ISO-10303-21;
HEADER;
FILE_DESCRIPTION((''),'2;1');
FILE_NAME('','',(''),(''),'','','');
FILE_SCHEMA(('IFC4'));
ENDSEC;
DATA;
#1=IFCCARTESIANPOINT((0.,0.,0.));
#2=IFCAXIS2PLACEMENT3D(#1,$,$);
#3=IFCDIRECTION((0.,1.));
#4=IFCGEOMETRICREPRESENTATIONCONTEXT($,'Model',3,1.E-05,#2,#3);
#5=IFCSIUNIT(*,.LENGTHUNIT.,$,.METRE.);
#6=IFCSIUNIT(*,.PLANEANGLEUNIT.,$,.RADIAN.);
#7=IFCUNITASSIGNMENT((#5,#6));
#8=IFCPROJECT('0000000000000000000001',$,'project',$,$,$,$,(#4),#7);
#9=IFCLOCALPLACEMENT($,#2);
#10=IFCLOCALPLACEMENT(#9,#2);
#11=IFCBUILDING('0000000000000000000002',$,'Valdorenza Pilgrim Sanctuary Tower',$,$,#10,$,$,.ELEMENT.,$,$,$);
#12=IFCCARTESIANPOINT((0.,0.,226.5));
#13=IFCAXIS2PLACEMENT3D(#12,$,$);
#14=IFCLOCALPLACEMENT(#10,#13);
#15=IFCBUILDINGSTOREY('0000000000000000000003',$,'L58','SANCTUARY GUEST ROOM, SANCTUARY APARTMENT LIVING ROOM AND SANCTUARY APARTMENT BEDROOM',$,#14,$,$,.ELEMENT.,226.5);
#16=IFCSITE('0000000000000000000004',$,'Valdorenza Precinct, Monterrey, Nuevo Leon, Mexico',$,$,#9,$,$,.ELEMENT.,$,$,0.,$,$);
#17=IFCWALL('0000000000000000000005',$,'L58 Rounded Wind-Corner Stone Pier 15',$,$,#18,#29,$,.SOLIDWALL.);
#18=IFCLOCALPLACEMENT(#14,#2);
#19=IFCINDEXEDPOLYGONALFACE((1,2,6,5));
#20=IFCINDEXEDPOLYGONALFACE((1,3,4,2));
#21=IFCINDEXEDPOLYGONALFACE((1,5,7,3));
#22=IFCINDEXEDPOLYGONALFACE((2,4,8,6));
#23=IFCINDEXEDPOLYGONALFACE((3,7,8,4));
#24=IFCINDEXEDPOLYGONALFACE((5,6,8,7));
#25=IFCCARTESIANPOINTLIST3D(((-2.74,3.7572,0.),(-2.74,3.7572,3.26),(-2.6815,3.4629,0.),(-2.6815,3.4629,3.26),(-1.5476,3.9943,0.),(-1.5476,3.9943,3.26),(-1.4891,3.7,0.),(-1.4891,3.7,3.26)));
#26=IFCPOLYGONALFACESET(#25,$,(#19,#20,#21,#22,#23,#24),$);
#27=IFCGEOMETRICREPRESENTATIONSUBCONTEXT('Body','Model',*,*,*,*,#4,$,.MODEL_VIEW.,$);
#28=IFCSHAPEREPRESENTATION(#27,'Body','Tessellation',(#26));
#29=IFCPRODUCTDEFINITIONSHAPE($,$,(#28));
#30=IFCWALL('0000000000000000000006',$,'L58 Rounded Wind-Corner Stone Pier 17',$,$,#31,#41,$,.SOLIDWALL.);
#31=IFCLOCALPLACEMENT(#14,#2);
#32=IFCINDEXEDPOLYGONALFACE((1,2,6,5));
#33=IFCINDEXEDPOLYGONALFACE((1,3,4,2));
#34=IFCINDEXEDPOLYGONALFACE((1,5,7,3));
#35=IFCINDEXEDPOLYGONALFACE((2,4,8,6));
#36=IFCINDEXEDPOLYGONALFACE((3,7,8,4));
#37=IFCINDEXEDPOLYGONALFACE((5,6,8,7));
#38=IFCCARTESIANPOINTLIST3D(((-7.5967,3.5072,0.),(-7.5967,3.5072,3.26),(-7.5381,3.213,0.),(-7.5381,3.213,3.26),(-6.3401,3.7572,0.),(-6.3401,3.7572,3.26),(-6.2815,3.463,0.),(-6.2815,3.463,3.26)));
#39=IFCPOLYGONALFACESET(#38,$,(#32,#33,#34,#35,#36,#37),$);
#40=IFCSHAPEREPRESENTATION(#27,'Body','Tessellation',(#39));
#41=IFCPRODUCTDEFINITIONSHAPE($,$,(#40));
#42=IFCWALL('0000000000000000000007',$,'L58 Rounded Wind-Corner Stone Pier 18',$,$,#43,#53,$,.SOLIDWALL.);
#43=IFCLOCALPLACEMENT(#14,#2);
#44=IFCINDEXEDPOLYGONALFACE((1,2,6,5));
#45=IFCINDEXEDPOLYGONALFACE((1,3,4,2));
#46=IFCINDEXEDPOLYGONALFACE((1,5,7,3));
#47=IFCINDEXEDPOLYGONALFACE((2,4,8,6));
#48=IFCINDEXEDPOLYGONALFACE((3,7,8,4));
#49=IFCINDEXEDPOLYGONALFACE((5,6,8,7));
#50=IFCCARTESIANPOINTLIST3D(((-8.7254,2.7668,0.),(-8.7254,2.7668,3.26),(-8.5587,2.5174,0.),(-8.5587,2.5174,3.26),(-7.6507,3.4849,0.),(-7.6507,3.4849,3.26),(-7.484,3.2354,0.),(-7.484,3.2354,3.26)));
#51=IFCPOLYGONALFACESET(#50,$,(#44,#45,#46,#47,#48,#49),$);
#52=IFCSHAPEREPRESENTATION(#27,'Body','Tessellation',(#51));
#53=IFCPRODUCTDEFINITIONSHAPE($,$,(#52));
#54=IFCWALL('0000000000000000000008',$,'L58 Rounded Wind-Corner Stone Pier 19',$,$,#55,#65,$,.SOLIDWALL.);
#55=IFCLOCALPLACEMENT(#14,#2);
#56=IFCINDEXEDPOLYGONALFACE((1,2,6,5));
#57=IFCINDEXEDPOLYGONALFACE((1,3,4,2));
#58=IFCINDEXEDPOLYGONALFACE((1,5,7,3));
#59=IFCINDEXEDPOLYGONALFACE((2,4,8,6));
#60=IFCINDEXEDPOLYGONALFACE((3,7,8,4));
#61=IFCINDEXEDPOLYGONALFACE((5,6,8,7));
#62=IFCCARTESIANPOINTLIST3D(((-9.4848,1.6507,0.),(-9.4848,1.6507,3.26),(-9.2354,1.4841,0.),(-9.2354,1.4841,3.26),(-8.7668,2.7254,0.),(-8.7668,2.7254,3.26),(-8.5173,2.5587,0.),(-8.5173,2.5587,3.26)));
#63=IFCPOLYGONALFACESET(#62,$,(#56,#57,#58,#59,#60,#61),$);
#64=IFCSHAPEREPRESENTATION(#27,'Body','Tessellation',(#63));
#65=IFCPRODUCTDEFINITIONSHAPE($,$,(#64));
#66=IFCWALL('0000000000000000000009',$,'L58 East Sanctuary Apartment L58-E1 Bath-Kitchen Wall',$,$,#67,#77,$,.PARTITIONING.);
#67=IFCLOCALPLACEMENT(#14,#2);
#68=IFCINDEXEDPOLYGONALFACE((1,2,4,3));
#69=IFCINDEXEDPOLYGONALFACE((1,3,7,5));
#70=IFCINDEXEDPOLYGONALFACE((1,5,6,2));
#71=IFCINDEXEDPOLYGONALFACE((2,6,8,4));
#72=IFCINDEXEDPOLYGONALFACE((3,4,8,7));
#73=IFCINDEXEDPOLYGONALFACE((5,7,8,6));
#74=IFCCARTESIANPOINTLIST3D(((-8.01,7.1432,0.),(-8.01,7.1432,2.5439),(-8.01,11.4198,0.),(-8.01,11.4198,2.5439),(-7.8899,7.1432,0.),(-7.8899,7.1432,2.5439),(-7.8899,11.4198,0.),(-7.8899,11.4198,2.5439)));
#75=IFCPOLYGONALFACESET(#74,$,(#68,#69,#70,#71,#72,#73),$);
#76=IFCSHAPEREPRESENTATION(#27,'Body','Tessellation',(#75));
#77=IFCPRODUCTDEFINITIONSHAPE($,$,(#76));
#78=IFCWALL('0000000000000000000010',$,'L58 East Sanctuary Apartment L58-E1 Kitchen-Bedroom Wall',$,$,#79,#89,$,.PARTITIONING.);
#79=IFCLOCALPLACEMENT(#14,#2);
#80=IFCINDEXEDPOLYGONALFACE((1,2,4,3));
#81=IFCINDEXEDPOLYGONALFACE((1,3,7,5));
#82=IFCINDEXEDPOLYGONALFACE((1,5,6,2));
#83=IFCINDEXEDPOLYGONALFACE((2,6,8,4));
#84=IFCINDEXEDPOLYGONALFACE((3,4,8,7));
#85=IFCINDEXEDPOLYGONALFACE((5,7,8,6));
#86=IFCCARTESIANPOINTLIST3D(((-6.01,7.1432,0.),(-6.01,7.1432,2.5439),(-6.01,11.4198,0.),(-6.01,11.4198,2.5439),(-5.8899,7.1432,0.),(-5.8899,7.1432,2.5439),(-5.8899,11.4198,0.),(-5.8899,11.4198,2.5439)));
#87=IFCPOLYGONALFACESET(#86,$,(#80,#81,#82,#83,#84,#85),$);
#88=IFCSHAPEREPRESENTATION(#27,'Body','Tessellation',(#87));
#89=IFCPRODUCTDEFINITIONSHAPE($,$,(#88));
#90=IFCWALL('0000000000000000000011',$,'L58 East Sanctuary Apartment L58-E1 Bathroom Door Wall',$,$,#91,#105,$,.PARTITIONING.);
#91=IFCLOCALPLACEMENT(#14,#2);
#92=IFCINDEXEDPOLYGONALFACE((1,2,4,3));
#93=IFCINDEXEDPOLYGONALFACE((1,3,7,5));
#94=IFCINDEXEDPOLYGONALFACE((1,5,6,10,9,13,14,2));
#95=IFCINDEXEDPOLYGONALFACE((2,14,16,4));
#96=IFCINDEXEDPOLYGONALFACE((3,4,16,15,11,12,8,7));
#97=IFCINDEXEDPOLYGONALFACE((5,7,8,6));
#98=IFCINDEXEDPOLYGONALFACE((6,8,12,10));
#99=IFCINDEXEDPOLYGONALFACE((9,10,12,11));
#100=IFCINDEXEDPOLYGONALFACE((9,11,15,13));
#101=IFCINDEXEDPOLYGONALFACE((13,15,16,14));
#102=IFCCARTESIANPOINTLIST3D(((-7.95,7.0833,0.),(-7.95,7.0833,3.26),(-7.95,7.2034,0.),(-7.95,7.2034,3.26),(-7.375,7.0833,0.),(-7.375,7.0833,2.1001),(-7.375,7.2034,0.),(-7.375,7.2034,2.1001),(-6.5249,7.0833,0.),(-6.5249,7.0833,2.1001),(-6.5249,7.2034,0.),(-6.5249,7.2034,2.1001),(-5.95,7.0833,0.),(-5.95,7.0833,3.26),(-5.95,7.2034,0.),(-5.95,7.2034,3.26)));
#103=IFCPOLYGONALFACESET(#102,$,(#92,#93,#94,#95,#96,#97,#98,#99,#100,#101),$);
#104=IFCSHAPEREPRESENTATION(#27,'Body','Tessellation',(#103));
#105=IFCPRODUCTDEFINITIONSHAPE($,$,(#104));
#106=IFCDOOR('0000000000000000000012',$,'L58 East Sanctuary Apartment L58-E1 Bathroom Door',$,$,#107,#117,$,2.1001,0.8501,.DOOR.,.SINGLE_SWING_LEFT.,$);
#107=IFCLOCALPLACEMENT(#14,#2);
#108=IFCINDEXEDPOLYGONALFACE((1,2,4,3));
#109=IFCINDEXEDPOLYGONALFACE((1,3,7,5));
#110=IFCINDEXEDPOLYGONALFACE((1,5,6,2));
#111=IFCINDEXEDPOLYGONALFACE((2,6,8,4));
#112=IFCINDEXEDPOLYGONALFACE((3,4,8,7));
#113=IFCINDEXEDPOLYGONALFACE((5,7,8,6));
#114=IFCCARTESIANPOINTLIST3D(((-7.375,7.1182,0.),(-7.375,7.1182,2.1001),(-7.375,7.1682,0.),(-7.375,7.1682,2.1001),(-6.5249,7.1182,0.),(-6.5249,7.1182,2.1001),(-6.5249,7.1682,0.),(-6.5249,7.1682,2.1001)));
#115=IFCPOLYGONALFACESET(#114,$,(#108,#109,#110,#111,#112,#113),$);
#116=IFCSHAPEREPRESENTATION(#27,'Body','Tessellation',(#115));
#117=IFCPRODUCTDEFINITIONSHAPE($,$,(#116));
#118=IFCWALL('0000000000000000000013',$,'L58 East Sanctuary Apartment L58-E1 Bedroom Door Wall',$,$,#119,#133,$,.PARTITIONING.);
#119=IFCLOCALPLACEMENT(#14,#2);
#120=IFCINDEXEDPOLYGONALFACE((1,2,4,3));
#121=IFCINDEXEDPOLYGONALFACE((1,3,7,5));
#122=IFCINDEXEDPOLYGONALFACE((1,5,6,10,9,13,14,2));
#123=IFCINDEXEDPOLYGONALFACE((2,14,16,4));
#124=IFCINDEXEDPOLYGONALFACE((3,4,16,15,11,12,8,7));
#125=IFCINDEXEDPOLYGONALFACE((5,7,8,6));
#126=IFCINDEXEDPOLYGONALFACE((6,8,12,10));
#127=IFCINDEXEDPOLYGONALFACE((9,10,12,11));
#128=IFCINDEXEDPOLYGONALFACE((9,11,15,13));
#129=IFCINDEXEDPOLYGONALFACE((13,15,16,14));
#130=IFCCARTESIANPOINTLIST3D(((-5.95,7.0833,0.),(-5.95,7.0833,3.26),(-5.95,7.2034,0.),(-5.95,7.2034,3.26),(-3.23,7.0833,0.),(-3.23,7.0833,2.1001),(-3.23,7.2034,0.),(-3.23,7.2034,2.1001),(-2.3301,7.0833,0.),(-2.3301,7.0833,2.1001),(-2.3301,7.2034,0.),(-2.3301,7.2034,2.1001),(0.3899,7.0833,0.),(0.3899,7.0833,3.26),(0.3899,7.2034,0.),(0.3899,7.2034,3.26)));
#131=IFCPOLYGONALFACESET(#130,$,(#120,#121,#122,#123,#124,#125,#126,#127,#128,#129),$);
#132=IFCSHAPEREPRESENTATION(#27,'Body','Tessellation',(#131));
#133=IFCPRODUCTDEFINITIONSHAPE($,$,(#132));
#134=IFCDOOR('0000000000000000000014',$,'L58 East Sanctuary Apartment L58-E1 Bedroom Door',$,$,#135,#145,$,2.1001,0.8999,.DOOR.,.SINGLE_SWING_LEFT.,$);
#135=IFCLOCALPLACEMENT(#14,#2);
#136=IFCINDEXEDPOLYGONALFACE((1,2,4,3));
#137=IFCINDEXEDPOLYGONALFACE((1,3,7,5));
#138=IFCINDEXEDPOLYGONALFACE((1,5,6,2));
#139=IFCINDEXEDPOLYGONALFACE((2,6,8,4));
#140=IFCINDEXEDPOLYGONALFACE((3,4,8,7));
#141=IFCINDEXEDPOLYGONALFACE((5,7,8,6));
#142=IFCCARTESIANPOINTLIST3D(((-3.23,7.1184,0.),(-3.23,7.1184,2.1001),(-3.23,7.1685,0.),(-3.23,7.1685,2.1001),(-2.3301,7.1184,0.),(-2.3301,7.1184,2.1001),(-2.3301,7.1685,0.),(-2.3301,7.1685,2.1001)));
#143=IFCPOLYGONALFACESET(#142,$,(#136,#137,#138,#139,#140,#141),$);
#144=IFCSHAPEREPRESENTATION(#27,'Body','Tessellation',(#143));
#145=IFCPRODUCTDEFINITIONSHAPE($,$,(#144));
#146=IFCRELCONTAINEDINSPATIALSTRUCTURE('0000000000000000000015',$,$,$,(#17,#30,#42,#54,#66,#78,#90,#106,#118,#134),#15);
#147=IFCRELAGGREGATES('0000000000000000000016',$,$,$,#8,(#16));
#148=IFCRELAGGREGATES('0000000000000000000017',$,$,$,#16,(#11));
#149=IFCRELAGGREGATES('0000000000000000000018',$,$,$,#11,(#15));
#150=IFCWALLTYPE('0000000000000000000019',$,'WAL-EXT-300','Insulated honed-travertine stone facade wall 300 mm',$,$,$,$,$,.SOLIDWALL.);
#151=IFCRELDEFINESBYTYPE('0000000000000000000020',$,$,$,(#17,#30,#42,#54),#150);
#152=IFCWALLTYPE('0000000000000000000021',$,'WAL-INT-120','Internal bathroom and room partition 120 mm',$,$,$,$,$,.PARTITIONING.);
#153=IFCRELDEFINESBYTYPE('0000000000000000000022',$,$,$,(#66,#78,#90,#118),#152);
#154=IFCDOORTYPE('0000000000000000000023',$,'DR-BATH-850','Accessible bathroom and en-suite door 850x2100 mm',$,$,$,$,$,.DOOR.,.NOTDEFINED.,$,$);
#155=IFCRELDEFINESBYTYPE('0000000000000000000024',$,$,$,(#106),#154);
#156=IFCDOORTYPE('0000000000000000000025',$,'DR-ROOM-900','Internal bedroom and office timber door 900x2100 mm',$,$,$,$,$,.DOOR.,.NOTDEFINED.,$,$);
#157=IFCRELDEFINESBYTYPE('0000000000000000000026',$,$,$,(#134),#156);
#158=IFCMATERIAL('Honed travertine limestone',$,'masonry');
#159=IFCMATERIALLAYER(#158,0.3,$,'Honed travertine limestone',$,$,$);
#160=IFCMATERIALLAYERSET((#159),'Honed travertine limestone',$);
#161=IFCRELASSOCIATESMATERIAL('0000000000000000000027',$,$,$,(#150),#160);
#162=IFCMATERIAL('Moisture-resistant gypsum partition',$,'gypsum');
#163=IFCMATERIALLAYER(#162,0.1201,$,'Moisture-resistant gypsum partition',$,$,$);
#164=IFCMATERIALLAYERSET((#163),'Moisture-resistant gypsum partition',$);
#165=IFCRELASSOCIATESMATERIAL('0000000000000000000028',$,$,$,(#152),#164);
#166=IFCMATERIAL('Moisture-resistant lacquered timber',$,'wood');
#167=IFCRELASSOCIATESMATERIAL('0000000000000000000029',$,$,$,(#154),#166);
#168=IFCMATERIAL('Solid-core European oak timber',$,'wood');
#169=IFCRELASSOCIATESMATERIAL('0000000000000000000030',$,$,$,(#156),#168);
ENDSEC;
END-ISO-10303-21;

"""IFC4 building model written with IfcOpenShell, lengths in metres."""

from ifc_helpers import new_model, si_unit, direction, frame, frame_2d, origin, place, context, subcontext, project, spatial, rectangle, extrude, material, layer, layer_set, type_object, element, fill, save


model = new_model("IFC4")

# Units and contexts
model_context = context("Model", 3, precision=1e-05, world=origin(), true_north=direction((0.0, 1.0)))
body_context = subcontext(model_context, "Body", "Model", "MODEL_VIEW")
ifc_project = project(units=[si_unit("LENGTHUNIT", "METRE"), si_unit("PLANEANGLEUNIT", "RADIAN")], contexts=[model_context])

# Site, building, storey
site_placement = place(None, origin())
site = spatial("IfcSite", under=ifc_project, at=site_placement, Name="Valdorenza Precinct, Monterrey, Nuevo Leon, Mexico", CompositionType="ELEMENT", RefElevation=0.0)
building_placement = place(site_placement, origin())
building = spatial("IfcBuilding", under=site, at=building_placement, Name="Valdorenza Pilgrim Sanctuary Tower", CompositionType="ELEMENT")
storey_placement = place(building_placement, frame((0.0, 0.0, 226.5)))
storey = spatial("IfcBuildingStorey", under=building, at=storey_placement, Name="L58", Description="SANCTUARY GUEST ROOM, SANCTUARY APARTMENT LIVING ROOM AND SANCTUARY APARTMENT BEDROOM", CompositionType="ELEMENT", Elevation=226.5)

# Shared definitions
ifc_material_1 = material(Name="Honed travertine limestone", Category="masonry")

# Walls
ifc_layer_1 = layer(ifc_material_1, 0.3, Name="Honed travertine limestone")
ifc_layer_set_1 = layer_set([ifc_layer_1], Name="Honed travertine limestone")
wall_type_1 = type_object("IfcWallType", Name="WAL-EXT-300", Description="Insulated honed-travertine stone facade wall 300 mm", PredefinedType="SOLIDWALL", material=ifc_layer_set_1)
wall_1_placement = place(storey_placement, frame((-1.5183, 3.8472, 0.0), z_axis=(0.0, 0.0, 1.0), x_axis=(-0.980804, -0.194996, 0.0)))
element("IfcWall", 1, at=wall_1_placement, inside=storey, type_object=wall_type_1, Name="L58 Rounded Wind-Corner Stone Pier 15", PredefinedType="SOLIDWALL", context=body_context, shape_type="SweptSolid", body=[
    extrude(rectangle(XDim=1.2158, YDim=0.3, at=frame_2d((0.6079, 0.0))), origin(), (0.0, 0.0, 1.0), 3.26),
])
wall_2_placement = place(storey_placement, frame((-6.3108, 3.6101, 0.0), z_axis=(0.0, 0.0, 1.0), x_axis=(-0.980778, -0.195127, 0.0)))
element("IfcWall", 2, at=wall_2_placement, inside=storey, type_object=wall_type_1, Name="L58 Rounded Wind-Corner Stone Pier 17", PredefinedType="SOLIDWALL", context=body_context, shape_type="SweptSolid", body=[
    extrude(rectangle(XDim=1.2812, YDim=0.3, at=frame_2d((0.6406, 0.0))), origin(), (0.0, 0.0, 1.0), 3.26),
])
for number, where, z_axis, x_axis, name in (
    (3, (-7.5674, 3.3601, 0.0), (0.0, 0.0, 1.0), (-0.831498, -0.555528, 0.0), "L58 Rounded Wind-Corner Stone Pier 18"),
    (4, (-8.6421, 2.6421, 0.0), (0.0, 0.0, 1.0), (-0.555528, -0.831498, 0.0), "L58 Rounded Wind-Corner Stone Pier 19"),
):
    element("IfcWall", number, at=place(storey_placement, frame(where, z_axis=z_axis, x_axis=x_axis)), inside=storey, type_object=wall_type_1, Name=name, PredefinedType="SOLIDWALL", context=body_context, shape_type="SweptSolid", body=[
        extrude(rectangle(XDim=1.2925, YDim=0.3, at=frame_2d((0.6462, 0.0))), origin(), (0.0, 0.0, 1.0), 3.26),
    ])
ifc_material_2 = material(Name="Moisture-resistant gypsum partition", Category="gypsum")
ifc_layer_2 = layer(ifc_material_2, 0.1201, Name="Moisture-resistant gypsum partition")
ifc_layer_set_2 = layer_set([ifc_layer_2], Name="Moisture-resistant gypsum partition")
wall_type_2 = type_object("IfcWallType", Name="WAL-INT-120", Description="Internal bathroom and room partition 120 mm", PredefinedType="PARTITIONING", material=ifc_layer_set_2)
for number, where, z_axis, x_axis, name in (
    (5, (-7.95, 7.1433, 0.0), (0.0, 0.0, 1.0), (0.0, 1.0, 0.0), "L58 East Sanctuary Apartment L58-E1 Bath-Kitchen Wall"),
    (6, (-5.95, 7.1433, 0.0), (0.0, 0.0, 1.0), (0.0, 1.0, 0.0), "L58 East Sanctuary Apartment L58-E1 Kitchen-Bedroom Wall"),
):
    element("IfcWall", number, at=place(storey_placement, frame(where, z_axis=z_axis, x_axis=x_axis)), inside=storey, type_object=wall_type_2, Name=name, PredefinedType="PARTITIONING", context=body_context, shape_type="SweptSolid", body=[
        extrude(rectangle(XDim=4.2766, YDim=0.1201, at=frame_2d((2.1382, 0.0))), origin(), (0.0, 0.0, 1.0), 2.5439),
    ])

# Walls, openings, doors
wall_3_placement = place(storey_placement, frame((-7.95, 7.1433, 0.0), z_axis=(0.0, 0.0, 1.0), x_axis=(1.0, 0.0, 0.0)))
wall_3 = element("IfcWall", 7, at=wall_3_placement, inside=storey, type_object=wall_type_2, Name="L58 East Sanctuary Apartment L58-E1 Bathroom Door Wall", PredefinedType="PARTITIONING", context=body_context, shape_type="SweptSolid", body=[
    extrude(rectangle(XDim=2.0, YDim=0.1201, at=frame_2d((1.0, 0.0))), origin(), (0.0, 0.0, 1.0), 3.26),
])
opening_1_placement = place(wall_3_placement, frame((0.575, 0.0, 0.0)))
opening_1 = element("IfcOpeningElement", 8, at=opening_1_placement, cuts=wall_3, PredefinedType="OPENING", context=body_context, shape_type="SweptSolid", body=[
    extrude(rectangle(XDim=0.8501, YDim=2.1001, at=frame_2d((0.425, 1.05))), frame((0.0, 0.075, 0.0), z_axis=(0.0, -1.0, 0.0), x_axis=(1.0, 0.0, 0.0)), (0.0, 0.0, 1.0), 0.1499),
])
ifc_material_3 = material(Name="Moisture-resistant lacquered timber", Category="wood")
door_type_1 = type_object("IfcDoorType", Name="DR-BATH-850", Description="Accessible bathroom and en-suite door 850x2100 mm", OperationType="NOTDEFINED", PredefinedType="DOOR", material=ifc_material_3)
door_1_placement = place(opening_1_placement, origin())
door_1 = element("IfcDoor", 9, at=door_1_placement, inside=storey, type_object=door_type_1, Name="L58 East Sanctuary Apartment L58-E1 Bathroom Door", OperationType="SINGLE_SWING_LEFT", OverallHeight=2.1001, OverallWidth=0.8501, PredefinedType="DOOR", context=body_context, shape_type="SweptSolid", body=[
    extrude(rectangle(XDim=0.8501, YDim=2.1001, at=frame_2d((0.425, 1.05))), frame((0.0, 0.0249, 0.0), z_axis=(0.0, -1.0, 0.0), x_axis=(1.0, 0.0, 0.0)), (0.0, 0.0, 1.0), 0.05),
])
fill(opening_1, door_1)
wall_4_placement = place(storey_placement, frame((-5.95, 7.1433, 0.0), z_axis=(0.0, 0.0, 1.0), x_axis=(1.0, 0.0, 0.0)))
wall_4 = element("IfcWall", 10, at=wall_4_placement, inside=storey, type_object=wall_type_2, Name="L58 East Sanctuary Apartment L58-E1 Bedroom Door Wall", PredefinedType="PARTITIONING", context=body_context, shape_type="SweptSolid", body=[
    extrude(rectangle(XDim=6.3398, YDim=0.1201, at=frame_2d((3.1699, 0.0))), origin(), (0.0, 0.0, 1.0), 3.26),
])
opening_2_placement = place(wall_4_placement, frame((2.72, 0.0, 0.0)))
opening_2 = element("IfcOpeningElement", 11, at=opening_2_placement, cuts=wall_4, PredefinedType="OPENING", context=body_context, shape_type="SweptSolid", body=[
    extrude(rectangle(XDim=0.8999, YDim=2.1001, at=frame_2d((0.45, 1.05))), frame((0.0, 0.075, 0.0), z_axis=(0.0, -1.0, 0.0), x_axis=(1.0, 0.0, 0.0)), (0.0, 0.0, 1.0), 0.1499),
])
ifc_material_4 = material(Name="Solid-core European oak timber", Category="wood")
door_type_2 = type_object("IfcDoorType", Name="DR-ROOM-900", Description="Internal bedroom and office timber door 900x2100 mm", OperationType="NOTDEFINED", PredefinedType="DOOR", material=ifc_material_4)
door_2_placement = place(opening_2_placement, frame((0.8999, 0.0, 0.0), z_axis=(0.0, 0.0, 1.0), x_axis=(-1.0, 0.0, 0.0)))
door_2 = element("IfcDoor", 12, at=door_2_placement, inside=storey, type_object=door_type_2, Name="L58 East Sanctuary Apartment L58-E1 Bedroom Door", OperationType="SINGLE_SWING_LEFT", OverallHeight=2.1001, OverallWidth=0.8999, PredefinedType="DOOR", context=body_context, shape_type="SweptSolid", body=[
    extrude(rectangle(XDim=0.8999, YDim=2.1001, at=frame_2d((0.45, 1.05))), frame((0.0, 0.0249, 0.0), z_axis=(0.0, -1.0, 0.0), x_axis=(1.0, 0.0, 0.0)), (0.0, 0.0, 1.0), 0.05),
])
fill(opening_2, door_2)

save(model, "model.ifc")
